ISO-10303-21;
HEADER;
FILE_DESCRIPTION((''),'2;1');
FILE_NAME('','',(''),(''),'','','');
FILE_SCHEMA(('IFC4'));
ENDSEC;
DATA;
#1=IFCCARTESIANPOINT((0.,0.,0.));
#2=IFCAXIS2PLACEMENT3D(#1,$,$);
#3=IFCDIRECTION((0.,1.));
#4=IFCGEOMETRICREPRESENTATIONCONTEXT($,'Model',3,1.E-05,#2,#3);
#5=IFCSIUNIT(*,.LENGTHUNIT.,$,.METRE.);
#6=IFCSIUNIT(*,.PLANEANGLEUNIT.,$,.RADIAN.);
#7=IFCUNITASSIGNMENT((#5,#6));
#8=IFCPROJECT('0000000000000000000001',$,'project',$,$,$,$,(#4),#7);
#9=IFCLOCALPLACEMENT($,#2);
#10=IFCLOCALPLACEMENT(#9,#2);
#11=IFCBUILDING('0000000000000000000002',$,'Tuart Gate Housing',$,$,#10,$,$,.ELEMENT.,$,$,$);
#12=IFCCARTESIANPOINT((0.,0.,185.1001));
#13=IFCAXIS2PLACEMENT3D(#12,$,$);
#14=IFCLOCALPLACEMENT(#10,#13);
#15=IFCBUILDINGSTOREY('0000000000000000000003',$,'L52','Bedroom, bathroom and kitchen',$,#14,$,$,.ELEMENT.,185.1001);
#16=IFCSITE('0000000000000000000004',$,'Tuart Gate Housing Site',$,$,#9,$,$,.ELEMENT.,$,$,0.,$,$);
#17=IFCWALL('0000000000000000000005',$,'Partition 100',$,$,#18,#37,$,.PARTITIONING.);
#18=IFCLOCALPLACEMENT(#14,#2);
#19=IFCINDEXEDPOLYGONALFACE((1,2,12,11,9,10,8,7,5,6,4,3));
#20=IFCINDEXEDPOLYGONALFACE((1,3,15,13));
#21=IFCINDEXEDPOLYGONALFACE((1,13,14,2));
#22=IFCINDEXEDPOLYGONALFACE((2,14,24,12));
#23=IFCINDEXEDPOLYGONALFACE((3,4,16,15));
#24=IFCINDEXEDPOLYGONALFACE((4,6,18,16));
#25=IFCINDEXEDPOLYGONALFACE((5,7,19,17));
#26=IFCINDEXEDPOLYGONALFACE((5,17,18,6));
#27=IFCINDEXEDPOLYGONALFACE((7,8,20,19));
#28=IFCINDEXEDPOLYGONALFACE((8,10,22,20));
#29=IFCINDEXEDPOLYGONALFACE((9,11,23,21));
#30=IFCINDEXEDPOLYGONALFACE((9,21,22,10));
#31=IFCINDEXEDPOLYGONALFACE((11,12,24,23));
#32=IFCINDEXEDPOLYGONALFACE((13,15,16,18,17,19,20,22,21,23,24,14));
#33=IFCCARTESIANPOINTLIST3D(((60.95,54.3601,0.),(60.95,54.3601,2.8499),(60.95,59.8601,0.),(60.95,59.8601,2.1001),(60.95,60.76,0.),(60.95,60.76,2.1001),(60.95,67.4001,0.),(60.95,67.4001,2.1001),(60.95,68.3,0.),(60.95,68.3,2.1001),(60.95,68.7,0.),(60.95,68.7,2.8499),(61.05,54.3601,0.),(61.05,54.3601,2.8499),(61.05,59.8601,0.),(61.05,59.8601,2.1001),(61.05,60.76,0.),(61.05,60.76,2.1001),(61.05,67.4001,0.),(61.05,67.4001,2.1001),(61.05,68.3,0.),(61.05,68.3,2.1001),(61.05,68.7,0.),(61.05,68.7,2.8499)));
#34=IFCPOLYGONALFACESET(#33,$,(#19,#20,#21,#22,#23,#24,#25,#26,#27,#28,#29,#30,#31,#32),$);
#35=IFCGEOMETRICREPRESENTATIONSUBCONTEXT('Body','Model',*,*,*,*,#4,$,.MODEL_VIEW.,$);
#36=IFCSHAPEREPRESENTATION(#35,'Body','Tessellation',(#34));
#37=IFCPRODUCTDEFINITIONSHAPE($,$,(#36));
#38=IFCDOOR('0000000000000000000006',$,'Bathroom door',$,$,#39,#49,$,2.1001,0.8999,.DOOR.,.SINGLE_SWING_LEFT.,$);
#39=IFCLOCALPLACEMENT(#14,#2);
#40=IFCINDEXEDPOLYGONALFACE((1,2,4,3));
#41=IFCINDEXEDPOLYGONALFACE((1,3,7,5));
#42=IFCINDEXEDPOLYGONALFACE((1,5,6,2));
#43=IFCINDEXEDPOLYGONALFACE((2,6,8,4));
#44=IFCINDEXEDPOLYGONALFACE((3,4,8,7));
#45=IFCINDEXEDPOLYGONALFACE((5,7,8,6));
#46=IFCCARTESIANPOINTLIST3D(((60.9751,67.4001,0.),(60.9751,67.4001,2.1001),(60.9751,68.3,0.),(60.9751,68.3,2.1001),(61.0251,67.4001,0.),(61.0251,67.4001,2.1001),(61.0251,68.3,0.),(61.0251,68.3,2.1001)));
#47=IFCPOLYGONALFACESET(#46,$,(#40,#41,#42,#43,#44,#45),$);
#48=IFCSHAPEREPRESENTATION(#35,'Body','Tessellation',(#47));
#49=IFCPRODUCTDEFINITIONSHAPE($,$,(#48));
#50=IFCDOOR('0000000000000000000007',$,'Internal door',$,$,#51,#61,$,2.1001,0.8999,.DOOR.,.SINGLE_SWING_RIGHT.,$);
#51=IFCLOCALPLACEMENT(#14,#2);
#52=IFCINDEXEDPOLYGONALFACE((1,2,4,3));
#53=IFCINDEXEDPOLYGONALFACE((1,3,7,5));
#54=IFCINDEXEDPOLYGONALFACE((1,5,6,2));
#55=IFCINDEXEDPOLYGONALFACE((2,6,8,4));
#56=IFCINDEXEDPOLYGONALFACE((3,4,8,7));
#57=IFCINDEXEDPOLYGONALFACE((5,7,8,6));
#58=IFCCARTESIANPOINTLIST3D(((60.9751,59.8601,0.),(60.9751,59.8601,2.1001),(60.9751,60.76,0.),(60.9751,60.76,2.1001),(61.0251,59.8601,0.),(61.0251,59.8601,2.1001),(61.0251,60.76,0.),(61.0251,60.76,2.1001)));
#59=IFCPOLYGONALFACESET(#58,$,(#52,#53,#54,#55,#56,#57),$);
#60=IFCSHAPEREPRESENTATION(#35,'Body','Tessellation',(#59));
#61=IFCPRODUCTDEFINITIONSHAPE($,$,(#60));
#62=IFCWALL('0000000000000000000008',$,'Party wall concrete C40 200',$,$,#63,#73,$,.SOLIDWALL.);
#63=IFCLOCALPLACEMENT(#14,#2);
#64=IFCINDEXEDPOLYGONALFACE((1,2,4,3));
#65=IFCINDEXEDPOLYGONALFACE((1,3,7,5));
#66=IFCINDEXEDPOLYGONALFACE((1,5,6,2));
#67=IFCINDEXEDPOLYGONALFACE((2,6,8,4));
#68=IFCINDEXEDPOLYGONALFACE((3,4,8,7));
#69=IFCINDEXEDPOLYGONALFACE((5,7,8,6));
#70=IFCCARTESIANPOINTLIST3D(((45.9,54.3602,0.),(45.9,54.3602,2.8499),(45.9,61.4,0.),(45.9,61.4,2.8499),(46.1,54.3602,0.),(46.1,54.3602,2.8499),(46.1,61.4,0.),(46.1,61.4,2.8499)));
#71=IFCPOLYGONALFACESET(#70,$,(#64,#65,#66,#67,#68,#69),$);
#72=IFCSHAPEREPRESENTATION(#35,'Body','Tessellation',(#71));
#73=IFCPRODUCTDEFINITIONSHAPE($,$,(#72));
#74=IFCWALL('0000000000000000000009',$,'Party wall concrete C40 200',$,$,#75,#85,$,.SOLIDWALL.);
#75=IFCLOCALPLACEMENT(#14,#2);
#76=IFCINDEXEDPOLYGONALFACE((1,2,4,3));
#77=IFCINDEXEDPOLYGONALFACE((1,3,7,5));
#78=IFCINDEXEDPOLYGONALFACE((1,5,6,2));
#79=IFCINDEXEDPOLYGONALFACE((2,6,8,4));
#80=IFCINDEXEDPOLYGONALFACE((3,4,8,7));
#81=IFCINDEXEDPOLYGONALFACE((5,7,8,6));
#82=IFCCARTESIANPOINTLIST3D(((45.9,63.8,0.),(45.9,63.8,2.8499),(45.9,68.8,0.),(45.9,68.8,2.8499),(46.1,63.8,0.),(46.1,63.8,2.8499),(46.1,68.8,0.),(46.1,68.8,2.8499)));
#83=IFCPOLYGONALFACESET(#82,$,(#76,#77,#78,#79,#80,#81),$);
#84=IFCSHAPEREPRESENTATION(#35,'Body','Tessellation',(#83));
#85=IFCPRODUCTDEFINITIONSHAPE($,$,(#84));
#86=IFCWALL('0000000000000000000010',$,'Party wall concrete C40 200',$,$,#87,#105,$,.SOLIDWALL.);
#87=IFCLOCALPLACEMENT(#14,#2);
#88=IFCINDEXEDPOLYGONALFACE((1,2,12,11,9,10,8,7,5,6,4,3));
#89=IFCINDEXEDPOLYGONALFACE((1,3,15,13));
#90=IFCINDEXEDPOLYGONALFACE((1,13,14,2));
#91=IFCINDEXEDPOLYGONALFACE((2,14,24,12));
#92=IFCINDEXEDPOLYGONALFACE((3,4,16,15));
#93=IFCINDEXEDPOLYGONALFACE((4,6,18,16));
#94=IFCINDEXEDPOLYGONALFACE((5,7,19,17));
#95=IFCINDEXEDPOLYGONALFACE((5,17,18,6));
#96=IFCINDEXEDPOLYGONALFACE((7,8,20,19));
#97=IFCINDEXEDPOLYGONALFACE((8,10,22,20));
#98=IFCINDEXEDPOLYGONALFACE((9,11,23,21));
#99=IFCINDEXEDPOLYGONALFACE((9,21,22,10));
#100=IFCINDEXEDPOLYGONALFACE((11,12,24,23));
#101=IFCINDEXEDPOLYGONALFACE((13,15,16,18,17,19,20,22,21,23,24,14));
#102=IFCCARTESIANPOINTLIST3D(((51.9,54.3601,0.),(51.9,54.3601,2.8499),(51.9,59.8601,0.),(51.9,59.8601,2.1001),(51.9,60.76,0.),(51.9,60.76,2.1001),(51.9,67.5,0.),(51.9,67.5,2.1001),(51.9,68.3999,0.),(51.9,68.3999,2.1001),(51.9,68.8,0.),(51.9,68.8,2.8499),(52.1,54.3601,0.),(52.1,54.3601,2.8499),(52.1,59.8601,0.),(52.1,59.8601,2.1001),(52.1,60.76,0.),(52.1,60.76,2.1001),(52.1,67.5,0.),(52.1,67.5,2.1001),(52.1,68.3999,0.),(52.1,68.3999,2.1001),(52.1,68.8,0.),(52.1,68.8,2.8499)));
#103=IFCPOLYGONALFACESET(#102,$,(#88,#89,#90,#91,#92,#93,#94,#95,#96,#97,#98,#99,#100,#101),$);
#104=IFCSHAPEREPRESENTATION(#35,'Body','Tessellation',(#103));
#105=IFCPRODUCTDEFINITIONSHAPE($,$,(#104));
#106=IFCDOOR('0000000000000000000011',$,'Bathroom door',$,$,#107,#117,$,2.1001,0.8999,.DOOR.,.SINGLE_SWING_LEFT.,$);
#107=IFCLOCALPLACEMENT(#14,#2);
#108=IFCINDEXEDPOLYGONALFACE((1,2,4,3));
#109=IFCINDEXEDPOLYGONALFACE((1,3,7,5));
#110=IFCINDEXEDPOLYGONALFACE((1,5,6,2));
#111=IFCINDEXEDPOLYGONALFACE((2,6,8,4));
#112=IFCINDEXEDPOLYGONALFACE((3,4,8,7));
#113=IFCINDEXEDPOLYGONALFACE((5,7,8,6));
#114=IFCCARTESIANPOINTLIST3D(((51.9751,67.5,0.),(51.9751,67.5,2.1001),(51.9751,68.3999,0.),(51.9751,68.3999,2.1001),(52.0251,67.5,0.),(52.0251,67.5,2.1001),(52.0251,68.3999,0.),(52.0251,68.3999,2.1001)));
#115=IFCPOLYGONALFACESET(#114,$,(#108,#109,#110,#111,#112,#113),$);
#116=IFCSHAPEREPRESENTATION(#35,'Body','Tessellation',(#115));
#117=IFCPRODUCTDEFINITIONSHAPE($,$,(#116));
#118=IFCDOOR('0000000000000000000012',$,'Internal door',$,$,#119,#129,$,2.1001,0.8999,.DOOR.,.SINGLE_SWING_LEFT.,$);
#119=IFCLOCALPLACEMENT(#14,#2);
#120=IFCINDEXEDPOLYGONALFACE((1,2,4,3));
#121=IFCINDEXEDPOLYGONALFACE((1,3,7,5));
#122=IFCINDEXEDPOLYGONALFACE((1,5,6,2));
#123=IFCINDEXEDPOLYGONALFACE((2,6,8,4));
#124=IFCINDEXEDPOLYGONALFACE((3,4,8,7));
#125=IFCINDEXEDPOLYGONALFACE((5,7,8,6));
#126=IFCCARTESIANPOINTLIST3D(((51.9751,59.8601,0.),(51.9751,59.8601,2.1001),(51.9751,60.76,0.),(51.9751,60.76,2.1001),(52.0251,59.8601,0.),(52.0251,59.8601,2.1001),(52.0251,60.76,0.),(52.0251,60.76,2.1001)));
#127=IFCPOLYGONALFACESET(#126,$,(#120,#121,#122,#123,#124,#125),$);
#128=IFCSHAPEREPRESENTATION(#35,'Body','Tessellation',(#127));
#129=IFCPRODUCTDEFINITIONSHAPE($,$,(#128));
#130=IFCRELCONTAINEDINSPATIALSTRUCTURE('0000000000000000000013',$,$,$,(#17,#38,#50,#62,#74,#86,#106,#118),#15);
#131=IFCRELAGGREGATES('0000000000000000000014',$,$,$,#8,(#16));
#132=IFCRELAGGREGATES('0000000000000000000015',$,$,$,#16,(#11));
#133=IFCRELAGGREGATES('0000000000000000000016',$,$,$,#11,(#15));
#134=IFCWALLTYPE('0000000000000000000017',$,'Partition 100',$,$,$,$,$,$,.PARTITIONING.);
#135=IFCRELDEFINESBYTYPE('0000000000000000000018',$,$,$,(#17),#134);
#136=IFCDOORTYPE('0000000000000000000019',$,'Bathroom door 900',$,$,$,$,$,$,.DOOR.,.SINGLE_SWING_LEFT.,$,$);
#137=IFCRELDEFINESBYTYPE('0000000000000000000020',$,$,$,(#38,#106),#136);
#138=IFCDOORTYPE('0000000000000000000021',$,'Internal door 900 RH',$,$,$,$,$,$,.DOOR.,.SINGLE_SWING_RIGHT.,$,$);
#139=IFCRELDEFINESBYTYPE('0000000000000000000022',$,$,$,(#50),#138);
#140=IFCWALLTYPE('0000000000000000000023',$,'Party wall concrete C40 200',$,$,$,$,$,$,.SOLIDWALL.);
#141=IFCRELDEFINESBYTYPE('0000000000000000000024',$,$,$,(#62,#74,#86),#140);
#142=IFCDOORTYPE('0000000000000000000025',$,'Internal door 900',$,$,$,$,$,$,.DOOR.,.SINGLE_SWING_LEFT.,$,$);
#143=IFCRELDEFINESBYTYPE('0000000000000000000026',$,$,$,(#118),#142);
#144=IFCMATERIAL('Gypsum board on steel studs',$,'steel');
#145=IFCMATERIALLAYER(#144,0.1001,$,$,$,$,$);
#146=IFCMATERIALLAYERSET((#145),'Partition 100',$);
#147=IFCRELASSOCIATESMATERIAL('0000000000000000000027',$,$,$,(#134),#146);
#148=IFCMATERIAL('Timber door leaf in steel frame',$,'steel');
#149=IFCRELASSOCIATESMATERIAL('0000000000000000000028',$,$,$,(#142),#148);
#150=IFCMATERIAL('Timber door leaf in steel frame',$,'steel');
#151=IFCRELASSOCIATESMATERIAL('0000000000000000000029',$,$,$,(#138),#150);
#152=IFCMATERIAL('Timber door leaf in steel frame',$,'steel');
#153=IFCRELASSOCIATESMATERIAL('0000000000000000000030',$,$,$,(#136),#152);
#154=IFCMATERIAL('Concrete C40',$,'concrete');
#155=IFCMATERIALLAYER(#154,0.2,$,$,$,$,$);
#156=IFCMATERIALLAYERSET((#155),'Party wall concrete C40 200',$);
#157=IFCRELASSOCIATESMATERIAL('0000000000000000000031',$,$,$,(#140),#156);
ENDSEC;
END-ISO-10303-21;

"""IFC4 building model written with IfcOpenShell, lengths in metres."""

from ifc_helpers import new_model, si_unit, direction, frame, frame_2d, origin, place, context, subcontext, project, spatial, rectangle, extrude, material, layer, layer_set, type_object, element, fill, save


model = new_model("IFC4")

# Units and contexts
model_context = context("Model", 3, precision=1e-05, world=origin(), true_north=direction((0.0, 1.0)))
body_context = subcontext(model_context, "Body", "Model", "MODEL_VIEW")
ifc_project = project(units=[si_unit("LENGTHUNIT", "METRE"), si_unit("PLANEANGLEUNIT", "RADIAN")], contexts=[model_context])

# Site, building, storey
site_placement = place(None, origin())
site = spatial("IfcSite", under=ifc_project, at=site_placement, Name="Tuart Gate Housing Site", CompositionType="ELEMENT", RefElevation=0.0)
building_placement = place(site_placement, origin())
building = spatial("IfcBuilding", under=site, at=building_placement, Name="Tuart Gate Housing", CompositionType="ELEMENT")
storey_placement = place(building_placement, frame((0.0, 0.0, 185.1001)))
storey = spatial("IfcBuildingStorey", under=building, at=storey_placement, Name="L52", Description="Bedroom, bathroom and kitchen", CompositionType="ELEMENT", Elevation=185.1001)

# Shared definitions
ifc_material_1 = material(Name="Gypsum board on steel studs", Category="steel")
ifc_layer_1 = layer(ifc_material_1, 0.1001)
ifc_layer_set_1 = layer_set([ifc_layer_1], Name="Partition 100")
wall_type_1 = type_object("IfcWallType", Name="Partition 100", PredefinedType="PARTITIONING", material=ifc_layer_set_1)
ifc_material_2 = material(Name="Timber door leaf in steel frame", Category="steel")
door_type_1 = type_object("IfcDoorType", Name="Internal door 900", OperationType="SINGLE_SWING_LEFT", PredefinedType="DOOR", material=ifc_material_2)
ifc_material_3 = material(Name="Timber door leaf in steel frame", Category="steel")
door_type_2 = type_object("IfcDoorType", Name="Internal door 900 RH", OperationType="SINGLE_SWING_RIGHT", PredefinedType="DOOR", material=ifc_material_3)

# Wall, openings, doors
wall_1_placement = place(storey_placement, frame((61.0, 54.3601, 0.0), z_axis=(0.0, 0.0, 1.0), x_axis=(0.0, 1.0, 0.0)))
wall_1 = element("IfcWall", 1, at=wall_1_placement, inside=storey, type_object=wall_type_1, Name="Partition 100", PredefinedType="PARTITIONING", context=body_context, shape_type="SweptSolid", body=[
    extrude(rectangle(XDim=14.3398, YDim=0.1001, at=frame_2d((7.1699, 0.0))), origin(), (0.0, 0.0, 1.0), 2.8499),
])
opening_1_placement = place(wall_1_placement, frame((5.5, 0.0, 0.0)))
opening_1 = element("IfcOpeningElement", 2, at=opening_1_placement, cuts=wall_1, PredefinedType="OPENING", context=body_context, shape_type="SweptSolid", body=[
    extrude(rectangle(XDim=0.8999, YDim=2.1001, at=frame_2d((0.45, 1.05))), frame((0.0, 0.0601, 0.0), z_axis=(0.0, -1.0, 0.0), x_axis=(1.0, 0.0, 0.0)), (0.0, 0.0, 1.0), 0.1201),
])
opening_2_placement = place(wall_1_placement, frame((13.04, 0.0, 0.0)))
opening_2 = element("IfcOpeningElement", 3, at=opening_2_placement, cuts=wall_1, PredefinedType="OPENING", context=body_context, shape_type="SweptSolid", body=[
    extrude(rectangle(XDim=0.8999, YDim=2.1001, at=frame_2d((0.45, 1.05))), frame((0.0, 0.0601, 0.0), z_axis=(0.0, -1.0, 0.0), x_axis=(1.0, 0.0, 0.0)), (0.0, 0.0, 1.0), 0.1201),
])
ifc_material_4 = material(Name="Timber door leaf in steel frame", Category="steel")
door_type_3 = type_object("IfcDoorType", Name="Bathroom door 900", OperationType="SINGLE_SWING_LEFT", PredefinedType="DOOR", material=ifc_material_4)
door_1_placement = place(opening_2_placement, frame((0.8999, 0.0, 0.0), z_axis=(0.0, 0.0, 1.0), x_axis=(-1.0, 0.0, 0.0)))
door_1 = element("IfcDoor", 4, at=door_1_placement, inside=storey, type_object=door_type_3, Name="Bathroom door", OperationType="SINGLE_SWING_LEFT", OverallHeight=2.1001, OverallWidth=0.8999, PredefinedType="DOOR", context=body_context, shape_type="SweptSolid", body=[
    extrude(rectangle(XDim=0.8999, YDim=2.1001, at=frame_2d((0.45, 1.05))), frame((0.0, 0.0251, 0.0), z_axis=(0.0, -1.0, 0.0), x_axis=(1.0, 0.0, 0.0)), (0.0, 0.0, 1.0), 0.05),
])
fill(opening_2, door_1)
door_2_placement = place(opening_1_placement, frame((0.8999, 0.0, 0.0), z_axis=(0.0, 0.0, 1.0), x_axis=(-1.0, 0.0, 0.0)))
door_2 = element("IfcDoor", 5, at=door_2_placement, inside=storey, type_object=door_type_2, Name="Internal door", OperationType="SINGLE_SWING_RIGHT", OverallHeight=2.1001, OverallWidth=0.8999, PredefinedType="DOOR", context=body_context, shape_type="SweptSolid", body=[
    extrude(rectangle(XDim=0.8999, YDim=2.1001, at=frame_2d((0.45, 1.05))), frame((0.0, 0.0251, 0.0), z_axis=(0.0, -1.0, 0.0), x_axis=(1.0, 0.0, 0.0)), (0.0, 0.0, 1.0), 0.05),
])
fill(opening_1, door_2)

# Walls
ifc_material_5 = material(Name="Concrete C40", Category="concrete")
ifc_layer_2 = layer(ifc_material_5, 0.2)
ifc_layer_set_2 = layer_set([ifc_layer_2], Name="Party wall concrete C40 200")
wall_type_2 = type_object("IfcWallType", Name="Party wall concrete C40 200", PredefinedType="SOLIDWALL", material=ifc_layer_set_2)
wall_2_placement = place(storey_placement, frame((46.0, 54.3601, 0.0), z_axis=(0.0, 0.0, 1.0), x_axis=(0.0, 1.0, 0.0)))
element("IfcWall", 6, at=wall_2_placement, inside=storey, type_object=wall_type_2, Name="Party wall concrete C40 200", PredefinedType="SOLIDWALL", context=body_context, shape_type="SweptSolid", body=[
    extrude(rectangle(XDim=7.0398, YDim=0.2, at=frame_2d((3.52, 0.0))), origin(), (0.0, 0.0, 1.0), 2.8499),
])
wall_3_placement = place(storey_placement, frame((46.0, 63.8, 0.0), z_axis=(0.0, 0.0, 1.0), x_axis=(0.0, 1.0, 0.0)))
element("IfcWall", 7, at=wall_3_placement, inside=storey, type_object=wall_type_2, Name="Party wall concrete C40 200", PredefinedType="SOLIDWALL", context=body_context, shape_type="SweptSolid", body=[
    extrude(rectangle(XDim=5.0, YDim=0.2, at=frame_2d((2.5, 0.0))), origin(), (0.0, 0.0, 1.0), 2.8499),
])

# Wall, openings, doors
wall_4_placement = place(storey_placement, frame((52.0, 54.3601, 0.0), z_axis=(0.0, 0.0, 1.0), x_axis=(0.0, 1.0, 0.0)))
wall_4 = element("IfcWall", 8, at=wall_4_placement, inside=storey, type_object=wall_type_2, Name="Party wall concrete C40 200", PredefinedType="SOLIDWALL", context=body_context, shape_type="SweptSolid", body=[
    extrude(rectangle(XDim=14.4399, YDim=0.2, at=frame_2d((7.22, 0.0))), origin(), (0.0, 0.0, 1.0), 2.8499),
])
opening_3_placement = place(wall_4_placement, frame((5.5, 0.0, 0.0)))
opening_3 = element("IfcOpeningElement", 9, at=opening_3_placement, cuts=wall_4, PredefinedType="OPENING", context=body_context, shape_type="SweptSolid", body=[
    extrude(rectangle(XDim=0.8999, YDim=2.1001, at=frame_2d((0.45, 1.05))), frame((0.0, 0.1099, 0.0), z_axis=(0.0, -1.0, 0.0), x_axis=(1.0, 0.0, 0.0)), (0.0, 0.0, 1.0), 0.22),
])
opening_4_placement = place(wall_4_placement, frame((13.1399, 0.0, 0.0)))
opening_4 = element("IfcOpeningElement", 10, at=opening_4_placement, cuts=wall_4, PredefinedType="OPENING", context=body_context, shape_type="SweptSolid", body=[
    extrude(rectangle(XDim=0.8999, YDim=2.1001, at=frame_2d((0.45, 1.05))), frame((0.0, 0.1099, 0.0), z_axis=(0.0, -1.0, 0.0), x_axis=(1.0, 0.0, 0.0)), (0.0, 0.0, 1.0), 0.22),
])
door_3_placement = place(opening_4_placement, frame((0.8999, 0.0, 0.0), z_axis=(0.0, 0.0, 1.0), x_axis=(-1.0, 0.0, 0.0)))
door_3 = element("IfcDoor", 11, at=door_3_placement, inside=storey, type_object=door_type_3, Name="Bathroom door", OperationType="SINGLE_SWING_LEFT", OverallHeight=2.1001, OverallWidth=0.8999, PredefinedType="DOOR", context=body_context, shape_type="SweptSolid", body=[
    extrude(rectangle(XDim=0.8999, YDim=2.1001, at=frame_2d((0.45, 1.05))), frame((0.0, 0.0251, 0.0), z_axis=(0.0, -1.0, 0.0), x_axis=(1.0, 0.0, 0.0)), (0.0, 0.0, 1.0), 0.05),
])
fill(opening_4, door_3)
door_4_placement = place(opening_3_placement, frame((0.8999, 0.0, 0.0), z_axis=(0.0, 0.0, 1.0), x_axis=(-1.0, 0.0, 0.0)))
door_4 = element("IfcDoor", 12, at=door_4_placement, inside=storey, type_object=door_type_1, Name="Internal door", OperationType="SINGLE_SWING_LEFT", OverallHeight=2.1001, OverallWidth=0.8999, PredefinedType="DOOR", context=body_context, shape_type="SweptSolid", body=[
    extrude(rectangle(XDim=0.8999, YDim=2.1001, at=frame_2d((0.45, 1.05))), frame((0.0, 0.0251, 0.0), z_axis=(0.0, -1.0, 0.0), x_axis=(1.0, 0.0, 0.0)), (0.0, 0.0, 1.0), 0.05),
])
fill(opening_3, door_4)

save(model, "model.ifc")
